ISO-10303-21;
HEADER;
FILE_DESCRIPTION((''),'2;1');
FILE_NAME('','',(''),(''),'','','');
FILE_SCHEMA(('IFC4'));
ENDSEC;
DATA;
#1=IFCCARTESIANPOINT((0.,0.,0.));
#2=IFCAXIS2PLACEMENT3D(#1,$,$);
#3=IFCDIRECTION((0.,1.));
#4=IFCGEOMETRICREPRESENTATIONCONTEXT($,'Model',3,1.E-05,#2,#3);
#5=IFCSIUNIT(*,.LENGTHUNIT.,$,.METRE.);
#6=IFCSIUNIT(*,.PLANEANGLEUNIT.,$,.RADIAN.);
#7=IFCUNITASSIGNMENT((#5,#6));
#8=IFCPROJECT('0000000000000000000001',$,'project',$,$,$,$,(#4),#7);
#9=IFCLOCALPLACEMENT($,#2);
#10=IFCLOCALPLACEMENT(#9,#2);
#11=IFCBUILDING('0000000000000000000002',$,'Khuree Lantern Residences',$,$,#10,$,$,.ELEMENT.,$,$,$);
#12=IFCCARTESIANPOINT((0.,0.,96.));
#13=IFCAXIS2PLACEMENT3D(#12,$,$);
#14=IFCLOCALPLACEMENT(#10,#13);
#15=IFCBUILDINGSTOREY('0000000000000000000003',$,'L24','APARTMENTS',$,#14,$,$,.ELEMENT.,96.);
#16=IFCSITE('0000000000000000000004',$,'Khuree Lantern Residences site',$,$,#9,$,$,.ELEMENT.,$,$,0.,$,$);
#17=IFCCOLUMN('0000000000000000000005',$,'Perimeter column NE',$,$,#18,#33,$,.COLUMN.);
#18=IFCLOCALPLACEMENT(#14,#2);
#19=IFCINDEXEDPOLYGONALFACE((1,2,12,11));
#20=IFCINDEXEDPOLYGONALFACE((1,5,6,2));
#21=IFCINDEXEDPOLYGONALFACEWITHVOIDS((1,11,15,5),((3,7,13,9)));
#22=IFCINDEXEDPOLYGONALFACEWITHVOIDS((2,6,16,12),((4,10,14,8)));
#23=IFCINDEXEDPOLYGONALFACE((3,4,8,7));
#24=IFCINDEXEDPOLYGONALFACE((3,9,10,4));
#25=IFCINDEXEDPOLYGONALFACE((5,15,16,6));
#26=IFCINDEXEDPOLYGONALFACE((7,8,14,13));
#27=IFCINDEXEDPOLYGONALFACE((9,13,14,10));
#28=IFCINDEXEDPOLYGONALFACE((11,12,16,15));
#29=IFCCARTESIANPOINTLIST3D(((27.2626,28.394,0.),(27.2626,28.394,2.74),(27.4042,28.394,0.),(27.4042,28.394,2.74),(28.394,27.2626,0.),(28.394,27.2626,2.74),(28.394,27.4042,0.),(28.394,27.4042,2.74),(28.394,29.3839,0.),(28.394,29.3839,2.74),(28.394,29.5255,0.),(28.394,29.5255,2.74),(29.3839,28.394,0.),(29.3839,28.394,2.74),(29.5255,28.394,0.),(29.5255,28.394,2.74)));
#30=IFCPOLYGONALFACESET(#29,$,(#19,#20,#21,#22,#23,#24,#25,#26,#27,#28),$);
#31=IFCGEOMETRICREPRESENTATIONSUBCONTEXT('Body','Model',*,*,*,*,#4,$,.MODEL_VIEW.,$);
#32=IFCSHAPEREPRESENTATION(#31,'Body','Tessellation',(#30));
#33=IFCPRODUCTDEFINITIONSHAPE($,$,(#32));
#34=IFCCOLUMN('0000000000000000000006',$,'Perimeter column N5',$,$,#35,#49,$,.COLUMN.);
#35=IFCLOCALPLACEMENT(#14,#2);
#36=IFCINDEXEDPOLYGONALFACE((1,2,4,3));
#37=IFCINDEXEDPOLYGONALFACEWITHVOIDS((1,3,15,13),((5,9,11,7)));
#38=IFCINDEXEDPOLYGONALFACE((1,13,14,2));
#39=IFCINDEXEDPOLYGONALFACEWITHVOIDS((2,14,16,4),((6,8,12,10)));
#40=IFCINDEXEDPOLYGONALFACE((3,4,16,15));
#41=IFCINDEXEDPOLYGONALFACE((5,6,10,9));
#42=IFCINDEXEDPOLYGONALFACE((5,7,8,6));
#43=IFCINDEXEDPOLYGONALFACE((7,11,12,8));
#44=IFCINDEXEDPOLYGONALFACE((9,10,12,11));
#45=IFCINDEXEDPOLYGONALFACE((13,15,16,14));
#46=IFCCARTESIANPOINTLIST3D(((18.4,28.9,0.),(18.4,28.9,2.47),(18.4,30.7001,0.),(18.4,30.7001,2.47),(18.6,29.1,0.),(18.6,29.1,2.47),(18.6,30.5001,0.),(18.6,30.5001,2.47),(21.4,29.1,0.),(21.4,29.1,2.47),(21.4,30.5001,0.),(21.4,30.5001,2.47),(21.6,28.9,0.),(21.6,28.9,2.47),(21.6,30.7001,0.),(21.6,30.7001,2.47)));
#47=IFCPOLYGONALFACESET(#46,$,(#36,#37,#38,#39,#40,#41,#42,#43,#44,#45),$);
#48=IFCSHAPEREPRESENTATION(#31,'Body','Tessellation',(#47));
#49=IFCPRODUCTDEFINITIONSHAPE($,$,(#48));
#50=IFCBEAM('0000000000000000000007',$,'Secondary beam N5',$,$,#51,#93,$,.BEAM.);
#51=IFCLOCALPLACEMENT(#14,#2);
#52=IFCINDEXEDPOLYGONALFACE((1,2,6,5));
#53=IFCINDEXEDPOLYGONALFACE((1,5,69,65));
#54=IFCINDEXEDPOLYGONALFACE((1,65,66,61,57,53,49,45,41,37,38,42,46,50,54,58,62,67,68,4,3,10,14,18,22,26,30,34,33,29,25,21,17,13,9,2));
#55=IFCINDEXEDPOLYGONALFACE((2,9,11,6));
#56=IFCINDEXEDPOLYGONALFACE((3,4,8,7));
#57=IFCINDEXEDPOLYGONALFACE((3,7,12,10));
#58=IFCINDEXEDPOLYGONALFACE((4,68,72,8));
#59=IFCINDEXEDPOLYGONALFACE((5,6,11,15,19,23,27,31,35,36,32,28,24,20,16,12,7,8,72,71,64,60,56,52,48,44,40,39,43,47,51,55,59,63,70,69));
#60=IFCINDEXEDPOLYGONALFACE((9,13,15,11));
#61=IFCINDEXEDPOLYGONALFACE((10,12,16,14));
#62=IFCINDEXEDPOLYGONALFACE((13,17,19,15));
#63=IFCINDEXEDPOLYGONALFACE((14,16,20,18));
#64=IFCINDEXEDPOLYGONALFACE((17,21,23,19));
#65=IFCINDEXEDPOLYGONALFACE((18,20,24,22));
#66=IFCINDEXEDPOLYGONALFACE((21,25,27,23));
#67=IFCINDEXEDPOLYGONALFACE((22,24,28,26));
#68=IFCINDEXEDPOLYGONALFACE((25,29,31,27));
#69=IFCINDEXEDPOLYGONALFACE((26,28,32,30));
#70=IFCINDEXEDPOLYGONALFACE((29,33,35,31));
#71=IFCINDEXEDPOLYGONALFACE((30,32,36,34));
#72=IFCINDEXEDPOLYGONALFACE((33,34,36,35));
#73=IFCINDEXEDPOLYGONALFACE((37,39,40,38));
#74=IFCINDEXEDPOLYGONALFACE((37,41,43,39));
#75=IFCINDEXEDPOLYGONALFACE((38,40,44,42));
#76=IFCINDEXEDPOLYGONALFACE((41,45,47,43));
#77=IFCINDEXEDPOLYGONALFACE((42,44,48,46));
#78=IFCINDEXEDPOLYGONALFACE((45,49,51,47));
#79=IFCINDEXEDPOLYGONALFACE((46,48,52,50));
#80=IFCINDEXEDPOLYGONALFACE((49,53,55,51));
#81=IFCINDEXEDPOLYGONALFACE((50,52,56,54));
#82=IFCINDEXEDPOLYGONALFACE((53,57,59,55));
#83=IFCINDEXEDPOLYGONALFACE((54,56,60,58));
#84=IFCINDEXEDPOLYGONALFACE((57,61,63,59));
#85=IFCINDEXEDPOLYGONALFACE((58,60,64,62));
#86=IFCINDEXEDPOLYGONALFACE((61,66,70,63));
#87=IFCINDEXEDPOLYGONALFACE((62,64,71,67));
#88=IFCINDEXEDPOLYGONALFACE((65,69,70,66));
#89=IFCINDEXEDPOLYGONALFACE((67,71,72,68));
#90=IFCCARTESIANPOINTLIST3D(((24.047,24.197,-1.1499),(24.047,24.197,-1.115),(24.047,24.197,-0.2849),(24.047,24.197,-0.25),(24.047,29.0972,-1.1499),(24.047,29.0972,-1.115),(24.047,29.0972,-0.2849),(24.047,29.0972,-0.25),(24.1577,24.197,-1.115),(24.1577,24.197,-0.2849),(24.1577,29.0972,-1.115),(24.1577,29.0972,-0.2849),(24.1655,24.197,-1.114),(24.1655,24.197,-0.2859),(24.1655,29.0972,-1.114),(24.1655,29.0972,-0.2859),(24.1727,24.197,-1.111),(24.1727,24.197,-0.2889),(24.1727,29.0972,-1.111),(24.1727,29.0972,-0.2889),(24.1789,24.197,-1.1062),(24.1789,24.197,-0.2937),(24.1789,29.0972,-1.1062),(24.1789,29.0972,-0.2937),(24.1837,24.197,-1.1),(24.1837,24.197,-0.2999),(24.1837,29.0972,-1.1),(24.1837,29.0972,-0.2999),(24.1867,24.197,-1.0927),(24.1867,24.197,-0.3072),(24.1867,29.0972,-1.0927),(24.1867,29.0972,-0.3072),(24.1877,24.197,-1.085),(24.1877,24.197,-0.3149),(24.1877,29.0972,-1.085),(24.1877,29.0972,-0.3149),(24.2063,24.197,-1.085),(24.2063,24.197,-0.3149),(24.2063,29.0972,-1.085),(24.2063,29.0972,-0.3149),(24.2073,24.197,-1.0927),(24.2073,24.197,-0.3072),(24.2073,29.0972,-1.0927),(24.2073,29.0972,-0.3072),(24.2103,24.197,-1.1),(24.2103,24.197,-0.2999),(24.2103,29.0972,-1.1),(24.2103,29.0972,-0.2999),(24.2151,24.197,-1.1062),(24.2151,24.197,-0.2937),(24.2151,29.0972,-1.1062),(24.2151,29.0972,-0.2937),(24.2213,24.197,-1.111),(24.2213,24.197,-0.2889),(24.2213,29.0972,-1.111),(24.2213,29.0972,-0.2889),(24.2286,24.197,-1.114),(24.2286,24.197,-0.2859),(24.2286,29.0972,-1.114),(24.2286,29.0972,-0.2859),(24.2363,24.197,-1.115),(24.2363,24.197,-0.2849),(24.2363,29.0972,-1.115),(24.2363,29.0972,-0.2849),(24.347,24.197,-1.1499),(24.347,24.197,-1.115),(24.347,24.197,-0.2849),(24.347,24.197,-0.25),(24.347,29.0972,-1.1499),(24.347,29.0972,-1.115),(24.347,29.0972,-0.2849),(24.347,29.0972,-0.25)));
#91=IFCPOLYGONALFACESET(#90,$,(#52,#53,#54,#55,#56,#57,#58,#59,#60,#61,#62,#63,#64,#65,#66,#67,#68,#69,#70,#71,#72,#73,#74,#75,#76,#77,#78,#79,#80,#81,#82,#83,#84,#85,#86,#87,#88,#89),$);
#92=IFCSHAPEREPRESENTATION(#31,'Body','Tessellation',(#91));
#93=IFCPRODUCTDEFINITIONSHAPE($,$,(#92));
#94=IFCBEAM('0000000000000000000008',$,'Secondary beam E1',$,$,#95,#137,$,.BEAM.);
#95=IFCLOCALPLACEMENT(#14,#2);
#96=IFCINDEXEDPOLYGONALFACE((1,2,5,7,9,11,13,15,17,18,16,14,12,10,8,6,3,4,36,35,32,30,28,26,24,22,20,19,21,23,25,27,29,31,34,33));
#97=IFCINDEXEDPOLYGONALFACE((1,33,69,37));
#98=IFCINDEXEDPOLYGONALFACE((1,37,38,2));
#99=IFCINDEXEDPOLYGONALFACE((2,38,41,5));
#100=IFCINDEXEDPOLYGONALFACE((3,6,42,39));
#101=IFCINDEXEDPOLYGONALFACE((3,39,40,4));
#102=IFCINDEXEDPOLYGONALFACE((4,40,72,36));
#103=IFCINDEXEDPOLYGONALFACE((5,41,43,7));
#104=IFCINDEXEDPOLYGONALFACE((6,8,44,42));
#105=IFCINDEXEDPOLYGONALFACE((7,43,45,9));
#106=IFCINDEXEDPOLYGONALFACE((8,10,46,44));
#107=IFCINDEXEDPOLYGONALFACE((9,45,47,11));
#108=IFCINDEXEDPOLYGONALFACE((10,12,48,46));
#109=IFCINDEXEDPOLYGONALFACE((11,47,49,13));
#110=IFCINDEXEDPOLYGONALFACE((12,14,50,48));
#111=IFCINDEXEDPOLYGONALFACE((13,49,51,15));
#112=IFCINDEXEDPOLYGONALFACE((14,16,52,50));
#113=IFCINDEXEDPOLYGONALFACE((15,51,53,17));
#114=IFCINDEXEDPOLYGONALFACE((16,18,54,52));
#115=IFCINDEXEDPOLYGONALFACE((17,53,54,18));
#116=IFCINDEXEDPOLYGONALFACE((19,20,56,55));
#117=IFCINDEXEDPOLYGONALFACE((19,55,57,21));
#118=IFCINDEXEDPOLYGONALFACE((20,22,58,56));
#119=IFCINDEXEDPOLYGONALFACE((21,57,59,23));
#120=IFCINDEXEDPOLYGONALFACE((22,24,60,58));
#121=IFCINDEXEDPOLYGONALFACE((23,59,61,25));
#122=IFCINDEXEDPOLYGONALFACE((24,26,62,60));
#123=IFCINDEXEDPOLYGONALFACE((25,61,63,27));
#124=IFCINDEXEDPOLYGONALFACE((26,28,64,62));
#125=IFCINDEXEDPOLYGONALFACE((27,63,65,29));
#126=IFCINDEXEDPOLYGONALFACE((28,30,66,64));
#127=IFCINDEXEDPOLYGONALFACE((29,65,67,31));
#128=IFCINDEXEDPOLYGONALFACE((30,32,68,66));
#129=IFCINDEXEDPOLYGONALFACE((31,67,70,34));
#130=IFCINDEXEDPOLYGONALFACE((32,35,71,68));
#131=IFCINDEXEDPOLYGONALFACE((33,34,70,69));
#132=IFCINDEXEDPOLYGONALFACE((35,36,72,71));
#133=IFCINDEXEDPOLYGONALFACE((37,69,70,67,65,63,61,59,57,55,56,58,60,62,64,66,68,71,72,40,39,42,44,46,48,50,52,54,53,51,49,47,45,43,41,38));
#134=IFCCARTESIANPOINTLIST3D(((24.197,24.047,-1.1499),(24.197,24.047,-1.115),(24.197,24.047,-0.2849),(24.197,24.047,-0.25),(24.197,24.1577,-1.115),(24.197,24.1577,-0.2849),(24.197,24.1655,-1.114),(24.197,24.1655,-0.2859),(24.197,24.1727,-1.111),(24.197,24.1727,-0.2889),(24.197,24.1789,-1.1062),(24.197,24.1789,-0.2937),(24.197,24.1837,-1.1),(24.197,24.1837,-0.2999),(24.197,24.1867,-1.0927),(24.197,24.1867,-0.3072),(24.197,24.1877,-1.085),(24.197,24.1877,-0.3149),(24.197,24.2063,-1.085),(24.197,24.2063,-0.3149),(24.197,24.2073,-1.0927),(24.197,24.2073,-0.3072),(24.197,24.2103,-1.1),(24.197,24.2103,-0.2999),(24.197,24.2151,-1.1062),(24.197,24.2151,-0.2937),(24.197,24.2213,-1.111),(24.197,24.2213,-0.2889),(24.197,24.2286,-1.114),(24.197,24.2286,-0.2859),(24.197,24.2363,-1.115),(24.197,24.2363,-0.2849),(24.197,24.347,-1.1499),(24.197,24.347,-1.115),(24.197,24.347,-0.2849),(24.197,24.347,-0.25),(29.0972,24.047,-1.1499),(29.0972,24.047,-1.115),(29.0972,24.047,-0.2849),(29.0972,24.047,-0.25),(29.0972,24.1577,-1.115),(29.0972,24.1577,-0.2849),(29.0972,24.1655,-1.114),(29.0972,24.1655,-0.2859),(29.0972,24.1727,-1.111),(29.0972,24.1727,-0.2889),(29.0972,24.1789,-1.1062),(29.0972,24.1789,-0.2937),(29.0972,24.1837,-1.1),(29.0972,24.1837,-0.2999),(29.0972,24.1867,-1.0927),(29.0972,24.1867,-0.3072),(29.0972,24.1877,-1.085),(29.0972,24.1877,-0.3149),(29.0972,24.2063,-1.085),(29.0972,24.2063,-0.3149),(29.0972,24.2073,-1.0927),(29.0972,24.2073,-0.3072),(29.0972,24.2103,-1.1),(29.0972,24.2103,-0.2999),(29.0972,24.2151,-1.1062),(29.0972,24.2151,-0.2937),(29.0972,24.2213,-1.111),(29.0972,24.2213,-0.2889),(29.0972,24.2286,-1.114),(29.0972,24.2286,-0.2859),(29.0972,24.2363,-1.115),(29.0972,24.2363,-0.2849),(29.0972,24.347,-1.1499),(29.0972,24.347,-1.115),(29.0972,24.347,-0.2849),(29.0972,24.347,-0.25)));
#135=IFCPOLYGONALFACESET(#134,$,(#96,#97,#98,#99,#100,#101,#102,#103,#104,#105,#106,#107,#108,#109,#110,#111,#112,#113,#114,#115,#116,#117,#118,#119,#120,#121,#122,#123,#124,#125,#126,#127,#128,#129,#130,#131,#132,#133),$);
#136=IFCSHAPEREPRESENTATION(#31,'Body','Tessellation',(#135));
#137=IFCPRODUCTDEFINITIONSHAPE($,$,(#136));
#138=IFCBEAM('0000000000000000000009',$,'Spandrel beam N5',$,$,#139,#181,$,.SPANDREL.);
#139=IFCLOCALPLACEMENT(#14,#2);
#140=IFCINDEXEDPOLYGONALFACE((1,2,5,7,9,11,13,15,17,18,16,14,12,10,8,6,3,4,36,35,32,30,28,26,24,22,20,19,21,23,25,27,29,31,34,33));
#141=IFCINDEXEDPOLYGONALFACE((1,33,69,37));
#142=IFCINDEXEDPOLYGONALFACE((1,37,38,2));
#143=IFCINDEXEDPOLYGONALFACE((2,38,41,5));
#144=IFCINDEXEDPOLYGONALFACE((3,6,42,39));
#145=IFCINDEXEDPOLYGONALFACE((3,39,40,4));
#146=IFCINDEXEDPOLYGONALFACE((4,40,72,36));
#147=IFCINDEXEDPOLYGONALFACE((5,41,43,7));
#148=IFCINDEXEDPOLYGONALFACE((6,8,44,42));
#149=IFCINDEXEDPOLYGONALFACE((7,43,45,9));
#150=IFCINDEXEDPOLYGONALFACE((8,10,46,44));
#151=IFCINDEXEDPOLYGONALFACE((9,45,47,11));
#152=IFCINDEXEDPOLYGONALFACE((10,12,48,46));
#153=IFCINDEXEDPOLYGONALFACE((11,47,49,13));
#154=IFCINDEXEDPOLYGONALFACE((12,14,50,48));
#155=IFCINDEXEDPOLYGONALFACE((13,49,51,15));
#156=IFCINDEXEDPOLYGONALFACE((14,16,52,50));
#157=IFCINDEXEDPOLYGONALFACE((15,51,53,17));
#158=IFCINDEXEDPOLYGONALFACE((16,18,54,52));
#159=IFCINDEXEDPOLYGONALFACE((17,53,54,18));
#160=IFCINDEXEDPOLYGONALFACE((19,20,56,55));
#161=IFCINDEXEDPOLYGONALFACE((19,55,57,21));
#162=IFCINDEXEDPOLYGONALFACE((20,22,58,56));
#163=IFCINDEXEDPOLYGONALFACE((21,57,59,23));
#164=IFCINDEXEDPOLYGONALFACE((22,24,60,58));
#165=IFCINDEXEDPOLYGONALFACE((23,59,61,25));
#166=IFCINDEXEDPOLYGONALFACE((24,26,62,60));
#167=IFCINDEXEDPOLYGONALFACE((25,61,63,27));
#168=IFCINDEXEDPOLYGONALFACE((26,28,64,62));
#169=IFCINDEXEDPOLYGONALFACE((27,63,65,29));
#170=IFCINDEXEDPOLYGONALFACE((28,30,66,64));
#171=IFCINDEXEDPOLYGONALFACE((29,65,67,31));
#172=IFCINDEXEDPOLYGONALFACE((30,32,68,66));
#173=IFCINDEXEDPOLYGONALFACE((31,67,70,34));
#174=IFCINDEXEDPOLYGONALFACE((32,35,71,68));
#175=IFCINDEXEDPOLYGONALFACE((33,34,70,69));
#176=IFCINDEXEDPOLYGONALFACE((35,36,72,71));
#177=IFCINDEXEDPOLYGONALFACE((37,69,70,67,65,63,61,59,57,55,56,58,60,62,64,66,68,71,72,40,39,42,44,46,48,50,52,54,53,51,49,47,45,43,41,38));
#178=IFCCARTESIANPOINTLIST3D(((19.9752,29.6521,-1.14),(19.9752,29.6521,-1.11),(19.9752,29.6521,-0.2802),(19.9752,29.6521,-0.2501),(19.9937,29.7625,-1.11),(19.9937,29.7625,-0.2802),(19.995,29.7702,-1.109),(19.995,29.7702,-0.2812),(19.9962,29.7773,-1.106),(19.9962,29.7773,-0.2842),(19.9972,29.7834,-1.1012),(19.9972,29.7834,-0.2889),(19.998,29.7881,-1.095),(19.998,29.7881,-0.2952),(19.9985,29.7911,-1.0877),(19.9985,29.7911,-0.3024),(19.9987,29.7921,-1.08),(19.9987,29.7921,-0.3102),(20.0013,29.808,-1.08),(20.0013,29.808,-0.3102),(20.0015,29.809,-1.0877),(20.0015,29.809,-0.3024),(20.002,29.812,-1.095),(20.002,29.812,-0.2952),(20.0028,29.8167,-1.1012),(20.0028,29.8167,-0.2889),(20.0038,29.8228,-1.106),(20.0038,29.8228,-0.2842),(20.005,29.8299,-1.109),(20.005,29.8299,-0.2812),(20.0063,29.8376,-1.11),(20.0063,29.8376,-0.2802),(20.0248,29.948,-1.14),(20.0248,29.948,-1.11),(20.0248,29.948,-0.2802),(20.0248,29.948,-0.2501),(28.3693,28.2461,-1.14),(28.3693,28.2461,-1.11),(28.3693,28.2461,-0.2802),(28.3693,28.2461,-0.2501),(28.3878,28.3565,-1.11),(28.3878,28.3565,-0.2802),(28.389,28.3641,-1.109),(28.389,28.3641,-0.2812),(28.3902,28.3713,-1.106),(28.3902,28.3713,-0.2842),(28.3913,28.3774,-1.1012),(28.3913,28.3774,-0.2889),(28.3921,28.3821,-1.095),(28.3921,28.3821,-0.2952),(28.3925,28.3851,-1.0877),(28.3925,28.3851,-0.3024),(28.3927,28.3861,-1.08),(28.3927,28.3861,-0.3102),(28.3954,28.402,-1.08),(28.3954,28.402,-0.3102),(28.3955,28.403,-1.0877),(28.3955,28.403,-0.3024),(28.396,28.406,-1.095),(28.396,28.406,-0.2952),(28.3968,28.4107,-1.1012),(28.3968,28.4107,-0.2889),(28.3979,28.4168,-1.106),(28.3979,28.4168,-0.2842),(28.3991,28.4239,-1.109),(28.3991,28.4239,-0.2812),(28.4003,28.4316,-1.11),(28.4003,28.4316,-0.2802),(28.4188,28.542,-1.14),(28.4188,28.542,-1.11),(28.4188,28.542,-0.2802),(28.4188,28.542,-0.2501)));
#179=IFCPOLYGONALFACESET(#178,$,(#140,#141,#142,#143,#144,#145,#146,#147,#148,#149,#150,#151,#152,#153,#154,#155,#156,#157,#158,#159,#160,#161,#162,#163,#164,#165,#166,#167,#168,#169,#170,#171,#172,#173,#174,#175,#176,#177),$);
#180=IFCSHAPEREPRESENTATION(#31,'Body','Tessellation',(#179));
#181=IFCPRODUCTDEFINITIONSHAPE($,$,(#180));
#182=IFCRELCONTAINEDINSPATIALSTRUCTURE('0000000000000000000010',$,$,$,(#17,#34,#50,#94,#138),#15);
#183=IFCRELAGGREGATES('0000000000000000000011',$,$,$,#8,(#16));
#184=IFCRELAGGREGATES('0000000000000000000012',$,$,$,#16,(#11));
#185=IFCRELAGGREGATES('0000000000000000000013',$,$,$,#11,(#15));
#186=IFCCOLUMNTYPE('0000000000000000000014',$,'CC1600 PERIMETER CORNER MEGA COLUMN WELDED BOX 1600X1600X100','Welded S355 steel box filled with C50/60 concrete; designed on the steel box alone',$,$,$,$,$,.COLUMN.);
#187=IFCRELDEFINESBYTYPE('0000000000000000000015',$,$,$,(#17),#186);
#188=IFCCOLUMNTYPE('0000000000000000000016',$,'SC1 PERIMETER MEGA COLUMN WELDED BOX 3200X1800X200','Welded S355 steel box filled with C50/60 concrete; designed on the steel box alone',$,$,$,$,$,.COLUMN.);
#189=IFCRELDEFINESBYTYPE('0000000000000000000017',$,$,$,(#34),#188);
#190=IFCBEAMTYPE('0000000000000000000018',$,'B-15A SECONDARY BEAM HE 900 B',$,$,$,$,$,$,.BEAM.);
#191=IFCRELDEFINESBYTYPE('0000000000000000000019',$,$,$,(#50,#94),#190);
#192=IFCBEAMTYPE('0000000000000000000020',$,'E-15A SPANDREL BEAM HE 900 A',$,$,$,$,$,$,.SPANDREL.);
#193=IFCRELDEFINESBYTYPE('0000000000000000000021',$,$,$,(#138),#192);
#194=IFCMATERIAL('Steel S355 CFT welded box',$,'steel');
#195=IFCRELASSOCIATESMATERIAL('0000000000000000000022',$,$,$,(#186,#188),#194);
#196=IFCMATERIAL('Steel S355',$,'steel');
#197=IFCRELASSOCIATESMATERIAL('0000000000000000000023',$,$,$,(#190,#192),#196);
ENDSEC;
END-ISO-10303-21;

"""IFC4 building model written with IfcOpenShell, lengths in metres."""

from ifc_helpers import new_model, si_unit, direction, frame, origin, origin_2d, place, context, subcontext, project, spatial, hollow_rectangle, i_section, extrude, material, material_profile, profile_set, type_object, element, save


model = new_model("IFC4")

# Units and contexts
model_context = context("Model", 3, precision=1e-05, world=origin(), true_north=direction((0.0, 1.0)))
body_context = subcontext(model_context, "Body", "Model", "MODEL_VIEW")
ifc_project = project(units=[si_unit("LENGTHUNIT", "METRE"), si_unit("PLANEANGLEUNIT", "RADIAN")], contexts=[model_context])

# Site, building, storey
site_placement = place(None, origin())
site = spatial("IfcSite", under=ifc_project, at=site_placement, Name="Khuree Lantern Residences site", CompositionType="ELEMENT", RefElevation=0.0)
building_placement = place(site_placement, origin())
building = spatial("IfcBuilding", under=site, at=building_placement, Name="Khuree Lantern Residences", CompositionType="ELEMENT")
storey_placement = place(building_placement, frame((0.0, 0.0, 96.0)))
storey = spatial("IfcBuildingStorey", under=building, at=storey_placement, Name="L24", Description="APARTMENTS", CompositionType="ELEMENT", Elevation=96.0)

# Columns
ifc_material_1 = material(Name="Steel S355 CFT welded box", Category="steel")
ifc_material_profile_1 = material_profile(ifc_material_1, hollow_rectangle(XDim=1.6001, YDim=1.6001, WallThickness=0.1001, at=origin_2d()), Name="WELDED BOX 1600X1600X100")
ifc_profile_set_1 = profile_set([ifc_material_profile_1], Name="Steel S355 CFT welded box")
column_type_1 = type_object("IfcColumnType", Name="CC1600 PERIMETER CORNER MEGA COLUMN WELDED BOX 1600X1600X100", Description="Welded S355 steel box filled with C50/60 concrete; designed on the steel box alone", PredefinedType="COLUMN", material=ifc_profile_set_1)
column_1_placement = place(storey_placement, frame((28.394, 28.394, 0.0), z_axis=(0.0, 0.0, 1.0), x_axis=(0.707107, -0.707107, 0.0)))
element("IfcColumn", 1, at=column_1_placement, inside=storey, type_object=column_type_1, Name="Perimeter column NE", PredefinedType="COLUMN", context=body_context, shape_type="SweptSolid", body=[
    extrude(hollow_rectangle(XDim=1.6001, YDim=1.6001, WallThickness=0.1001, at=origin_2d()), origin(), (0.0, 0.0, 1.0), 2.74),
])
ifc_material_profile_2 = material_profile(ifc_material_1, hollow_rectangle(XDim=3.2, YDim=1.8, WallThickness=0.2, at=origin_2d()), Name="WELDED BOX 3200X1800X200")
ifc_profile_set_2 = profile_set([ifc_material_profile_2], Name="Steel S355 CFT welded box")
column_type_2 = type_object("IfcColumnType", Name="SC1 PERIMETER MEGA COLUMN WELDED BOX 3200X1800X200", Description="Welded S355 steel box filled with C50/60 concrete; designed on the steel box alone", PredefinedType="COLUMN", material=ifc_profile_set_2)
column_2_placement = place(storey_placement, frame((20.0, 29.8, 0.0), z_axis=(0.0, 0.0, 1.0), x_axis=(1.0, 0.0, 0.0)))
element("IfcColumn", 2, at=column_2_placement, inside=storey, type_object=column_type_2, Name="Perimeter column N5", PredefinedType="COLUMN", context=body_context, shape_type="SweptSolid", body=[
    extrude(hollow_rectangle(XDim=3.2, YDim=1.8, WallThickness=0.2, at=origin_2d()), origin(), (0.0, 0.0, 1.0), 2.47),
])

# Beams
ifc_material_2 = material(Name="Steel S355", Category="steel")
ifc_material_profile_3 = material_profile(ifc_material_2, i_section(OverallWidth=0.3, OverallDepth=0.8999, WebThickness=0.0186, FlangeThickness=0.0349, FilletRadius=0.03, at=origin_2d()), Name="HE 900 B")
ifc_profile_set_3 = profile_set([ifc_material_profile_3], Name="Steel S355")
beam_type_1 = type_object("IfcBeamType", Name="B-15A SECONDARY BEAM HE 900 B", PredefinedType="BEAM", material=ifc_profile_set_3)
for number, where, z_axis, x_axis, name in (
    (3, (24.197, 29.0972, -0.7), (0.0, -1.0, 0.0), (1.0, 0.0, 0.0), "Secondary beam N5"),
    (4, (29.0972, 24.197, -0.7), (-1.0, 0.0, 0.0), (0.0, -1.0, 0.0), "Secondary beam E1"),
):
    element("IfcBeam", number, at=place(storey_placement, frame(where, z_axis=z_axis, x_axis=x_axis)), inside=storey, type_object=beam_type_1, Name=name, PredefinedType="BEAM", context=body_context, shape_type="SweptSolid", body=[
        extrude(i_section(OverallWidth=0.3, OverallDepth=0.8999, WebThickness=0.0186, FlangeThickness=0.0349, FilletRadius=0.03, at=origin_2d()), origin(), (0.0, 0.0, 1.0), 4.9001),
    ])
ifc_material_profile_4 = material_profile(ifc_material_2, i_section(OverallWidth=0.3, OverallDepth=0.8899, WebThickness=0.0161, FlangeThickness=0.03, FilletRadius=0.03, at=origin_2d()), Name="HE 900 A")
ifc_profile_set_4 = profile_set([ifc_material_profile_4], Name="Steel S355")
beam_type_2 = type_object("IfcBeamType", Name="E-15A SPANDREL BEAM HE 900 A", PredefinedType="SPANDREL", material=ifc_profile_set_4)
for number, where, z_axis, x_axis, name in (
    (5, (20.0, 29.8, -0.6951), (0.98626, -0.165199, 0.0), (0.165199, 0.98626, 0.0), "Spandrel beam N5"),
):
    element("IfcBeam", number, at=place(storey_placement, frame(where, z_axis=z_axis, x_axis=x_axis)), inside=storey, type_object=beam_type_2, Name=name, PredefinedType="SPANDREL", context=body_context, shape_type="SweptSolid", body=[
        extrude(i_section(OverallWidth=0.3, OverallDepth=0.8899, WebThickness=0.0161, FlangeThickness=0.03, FilletRadius=0.03, at=origin_2d()), origin(), (0.0, 0.0, 1.0), 8.511),
    ])

save(model, "model.ifc")
